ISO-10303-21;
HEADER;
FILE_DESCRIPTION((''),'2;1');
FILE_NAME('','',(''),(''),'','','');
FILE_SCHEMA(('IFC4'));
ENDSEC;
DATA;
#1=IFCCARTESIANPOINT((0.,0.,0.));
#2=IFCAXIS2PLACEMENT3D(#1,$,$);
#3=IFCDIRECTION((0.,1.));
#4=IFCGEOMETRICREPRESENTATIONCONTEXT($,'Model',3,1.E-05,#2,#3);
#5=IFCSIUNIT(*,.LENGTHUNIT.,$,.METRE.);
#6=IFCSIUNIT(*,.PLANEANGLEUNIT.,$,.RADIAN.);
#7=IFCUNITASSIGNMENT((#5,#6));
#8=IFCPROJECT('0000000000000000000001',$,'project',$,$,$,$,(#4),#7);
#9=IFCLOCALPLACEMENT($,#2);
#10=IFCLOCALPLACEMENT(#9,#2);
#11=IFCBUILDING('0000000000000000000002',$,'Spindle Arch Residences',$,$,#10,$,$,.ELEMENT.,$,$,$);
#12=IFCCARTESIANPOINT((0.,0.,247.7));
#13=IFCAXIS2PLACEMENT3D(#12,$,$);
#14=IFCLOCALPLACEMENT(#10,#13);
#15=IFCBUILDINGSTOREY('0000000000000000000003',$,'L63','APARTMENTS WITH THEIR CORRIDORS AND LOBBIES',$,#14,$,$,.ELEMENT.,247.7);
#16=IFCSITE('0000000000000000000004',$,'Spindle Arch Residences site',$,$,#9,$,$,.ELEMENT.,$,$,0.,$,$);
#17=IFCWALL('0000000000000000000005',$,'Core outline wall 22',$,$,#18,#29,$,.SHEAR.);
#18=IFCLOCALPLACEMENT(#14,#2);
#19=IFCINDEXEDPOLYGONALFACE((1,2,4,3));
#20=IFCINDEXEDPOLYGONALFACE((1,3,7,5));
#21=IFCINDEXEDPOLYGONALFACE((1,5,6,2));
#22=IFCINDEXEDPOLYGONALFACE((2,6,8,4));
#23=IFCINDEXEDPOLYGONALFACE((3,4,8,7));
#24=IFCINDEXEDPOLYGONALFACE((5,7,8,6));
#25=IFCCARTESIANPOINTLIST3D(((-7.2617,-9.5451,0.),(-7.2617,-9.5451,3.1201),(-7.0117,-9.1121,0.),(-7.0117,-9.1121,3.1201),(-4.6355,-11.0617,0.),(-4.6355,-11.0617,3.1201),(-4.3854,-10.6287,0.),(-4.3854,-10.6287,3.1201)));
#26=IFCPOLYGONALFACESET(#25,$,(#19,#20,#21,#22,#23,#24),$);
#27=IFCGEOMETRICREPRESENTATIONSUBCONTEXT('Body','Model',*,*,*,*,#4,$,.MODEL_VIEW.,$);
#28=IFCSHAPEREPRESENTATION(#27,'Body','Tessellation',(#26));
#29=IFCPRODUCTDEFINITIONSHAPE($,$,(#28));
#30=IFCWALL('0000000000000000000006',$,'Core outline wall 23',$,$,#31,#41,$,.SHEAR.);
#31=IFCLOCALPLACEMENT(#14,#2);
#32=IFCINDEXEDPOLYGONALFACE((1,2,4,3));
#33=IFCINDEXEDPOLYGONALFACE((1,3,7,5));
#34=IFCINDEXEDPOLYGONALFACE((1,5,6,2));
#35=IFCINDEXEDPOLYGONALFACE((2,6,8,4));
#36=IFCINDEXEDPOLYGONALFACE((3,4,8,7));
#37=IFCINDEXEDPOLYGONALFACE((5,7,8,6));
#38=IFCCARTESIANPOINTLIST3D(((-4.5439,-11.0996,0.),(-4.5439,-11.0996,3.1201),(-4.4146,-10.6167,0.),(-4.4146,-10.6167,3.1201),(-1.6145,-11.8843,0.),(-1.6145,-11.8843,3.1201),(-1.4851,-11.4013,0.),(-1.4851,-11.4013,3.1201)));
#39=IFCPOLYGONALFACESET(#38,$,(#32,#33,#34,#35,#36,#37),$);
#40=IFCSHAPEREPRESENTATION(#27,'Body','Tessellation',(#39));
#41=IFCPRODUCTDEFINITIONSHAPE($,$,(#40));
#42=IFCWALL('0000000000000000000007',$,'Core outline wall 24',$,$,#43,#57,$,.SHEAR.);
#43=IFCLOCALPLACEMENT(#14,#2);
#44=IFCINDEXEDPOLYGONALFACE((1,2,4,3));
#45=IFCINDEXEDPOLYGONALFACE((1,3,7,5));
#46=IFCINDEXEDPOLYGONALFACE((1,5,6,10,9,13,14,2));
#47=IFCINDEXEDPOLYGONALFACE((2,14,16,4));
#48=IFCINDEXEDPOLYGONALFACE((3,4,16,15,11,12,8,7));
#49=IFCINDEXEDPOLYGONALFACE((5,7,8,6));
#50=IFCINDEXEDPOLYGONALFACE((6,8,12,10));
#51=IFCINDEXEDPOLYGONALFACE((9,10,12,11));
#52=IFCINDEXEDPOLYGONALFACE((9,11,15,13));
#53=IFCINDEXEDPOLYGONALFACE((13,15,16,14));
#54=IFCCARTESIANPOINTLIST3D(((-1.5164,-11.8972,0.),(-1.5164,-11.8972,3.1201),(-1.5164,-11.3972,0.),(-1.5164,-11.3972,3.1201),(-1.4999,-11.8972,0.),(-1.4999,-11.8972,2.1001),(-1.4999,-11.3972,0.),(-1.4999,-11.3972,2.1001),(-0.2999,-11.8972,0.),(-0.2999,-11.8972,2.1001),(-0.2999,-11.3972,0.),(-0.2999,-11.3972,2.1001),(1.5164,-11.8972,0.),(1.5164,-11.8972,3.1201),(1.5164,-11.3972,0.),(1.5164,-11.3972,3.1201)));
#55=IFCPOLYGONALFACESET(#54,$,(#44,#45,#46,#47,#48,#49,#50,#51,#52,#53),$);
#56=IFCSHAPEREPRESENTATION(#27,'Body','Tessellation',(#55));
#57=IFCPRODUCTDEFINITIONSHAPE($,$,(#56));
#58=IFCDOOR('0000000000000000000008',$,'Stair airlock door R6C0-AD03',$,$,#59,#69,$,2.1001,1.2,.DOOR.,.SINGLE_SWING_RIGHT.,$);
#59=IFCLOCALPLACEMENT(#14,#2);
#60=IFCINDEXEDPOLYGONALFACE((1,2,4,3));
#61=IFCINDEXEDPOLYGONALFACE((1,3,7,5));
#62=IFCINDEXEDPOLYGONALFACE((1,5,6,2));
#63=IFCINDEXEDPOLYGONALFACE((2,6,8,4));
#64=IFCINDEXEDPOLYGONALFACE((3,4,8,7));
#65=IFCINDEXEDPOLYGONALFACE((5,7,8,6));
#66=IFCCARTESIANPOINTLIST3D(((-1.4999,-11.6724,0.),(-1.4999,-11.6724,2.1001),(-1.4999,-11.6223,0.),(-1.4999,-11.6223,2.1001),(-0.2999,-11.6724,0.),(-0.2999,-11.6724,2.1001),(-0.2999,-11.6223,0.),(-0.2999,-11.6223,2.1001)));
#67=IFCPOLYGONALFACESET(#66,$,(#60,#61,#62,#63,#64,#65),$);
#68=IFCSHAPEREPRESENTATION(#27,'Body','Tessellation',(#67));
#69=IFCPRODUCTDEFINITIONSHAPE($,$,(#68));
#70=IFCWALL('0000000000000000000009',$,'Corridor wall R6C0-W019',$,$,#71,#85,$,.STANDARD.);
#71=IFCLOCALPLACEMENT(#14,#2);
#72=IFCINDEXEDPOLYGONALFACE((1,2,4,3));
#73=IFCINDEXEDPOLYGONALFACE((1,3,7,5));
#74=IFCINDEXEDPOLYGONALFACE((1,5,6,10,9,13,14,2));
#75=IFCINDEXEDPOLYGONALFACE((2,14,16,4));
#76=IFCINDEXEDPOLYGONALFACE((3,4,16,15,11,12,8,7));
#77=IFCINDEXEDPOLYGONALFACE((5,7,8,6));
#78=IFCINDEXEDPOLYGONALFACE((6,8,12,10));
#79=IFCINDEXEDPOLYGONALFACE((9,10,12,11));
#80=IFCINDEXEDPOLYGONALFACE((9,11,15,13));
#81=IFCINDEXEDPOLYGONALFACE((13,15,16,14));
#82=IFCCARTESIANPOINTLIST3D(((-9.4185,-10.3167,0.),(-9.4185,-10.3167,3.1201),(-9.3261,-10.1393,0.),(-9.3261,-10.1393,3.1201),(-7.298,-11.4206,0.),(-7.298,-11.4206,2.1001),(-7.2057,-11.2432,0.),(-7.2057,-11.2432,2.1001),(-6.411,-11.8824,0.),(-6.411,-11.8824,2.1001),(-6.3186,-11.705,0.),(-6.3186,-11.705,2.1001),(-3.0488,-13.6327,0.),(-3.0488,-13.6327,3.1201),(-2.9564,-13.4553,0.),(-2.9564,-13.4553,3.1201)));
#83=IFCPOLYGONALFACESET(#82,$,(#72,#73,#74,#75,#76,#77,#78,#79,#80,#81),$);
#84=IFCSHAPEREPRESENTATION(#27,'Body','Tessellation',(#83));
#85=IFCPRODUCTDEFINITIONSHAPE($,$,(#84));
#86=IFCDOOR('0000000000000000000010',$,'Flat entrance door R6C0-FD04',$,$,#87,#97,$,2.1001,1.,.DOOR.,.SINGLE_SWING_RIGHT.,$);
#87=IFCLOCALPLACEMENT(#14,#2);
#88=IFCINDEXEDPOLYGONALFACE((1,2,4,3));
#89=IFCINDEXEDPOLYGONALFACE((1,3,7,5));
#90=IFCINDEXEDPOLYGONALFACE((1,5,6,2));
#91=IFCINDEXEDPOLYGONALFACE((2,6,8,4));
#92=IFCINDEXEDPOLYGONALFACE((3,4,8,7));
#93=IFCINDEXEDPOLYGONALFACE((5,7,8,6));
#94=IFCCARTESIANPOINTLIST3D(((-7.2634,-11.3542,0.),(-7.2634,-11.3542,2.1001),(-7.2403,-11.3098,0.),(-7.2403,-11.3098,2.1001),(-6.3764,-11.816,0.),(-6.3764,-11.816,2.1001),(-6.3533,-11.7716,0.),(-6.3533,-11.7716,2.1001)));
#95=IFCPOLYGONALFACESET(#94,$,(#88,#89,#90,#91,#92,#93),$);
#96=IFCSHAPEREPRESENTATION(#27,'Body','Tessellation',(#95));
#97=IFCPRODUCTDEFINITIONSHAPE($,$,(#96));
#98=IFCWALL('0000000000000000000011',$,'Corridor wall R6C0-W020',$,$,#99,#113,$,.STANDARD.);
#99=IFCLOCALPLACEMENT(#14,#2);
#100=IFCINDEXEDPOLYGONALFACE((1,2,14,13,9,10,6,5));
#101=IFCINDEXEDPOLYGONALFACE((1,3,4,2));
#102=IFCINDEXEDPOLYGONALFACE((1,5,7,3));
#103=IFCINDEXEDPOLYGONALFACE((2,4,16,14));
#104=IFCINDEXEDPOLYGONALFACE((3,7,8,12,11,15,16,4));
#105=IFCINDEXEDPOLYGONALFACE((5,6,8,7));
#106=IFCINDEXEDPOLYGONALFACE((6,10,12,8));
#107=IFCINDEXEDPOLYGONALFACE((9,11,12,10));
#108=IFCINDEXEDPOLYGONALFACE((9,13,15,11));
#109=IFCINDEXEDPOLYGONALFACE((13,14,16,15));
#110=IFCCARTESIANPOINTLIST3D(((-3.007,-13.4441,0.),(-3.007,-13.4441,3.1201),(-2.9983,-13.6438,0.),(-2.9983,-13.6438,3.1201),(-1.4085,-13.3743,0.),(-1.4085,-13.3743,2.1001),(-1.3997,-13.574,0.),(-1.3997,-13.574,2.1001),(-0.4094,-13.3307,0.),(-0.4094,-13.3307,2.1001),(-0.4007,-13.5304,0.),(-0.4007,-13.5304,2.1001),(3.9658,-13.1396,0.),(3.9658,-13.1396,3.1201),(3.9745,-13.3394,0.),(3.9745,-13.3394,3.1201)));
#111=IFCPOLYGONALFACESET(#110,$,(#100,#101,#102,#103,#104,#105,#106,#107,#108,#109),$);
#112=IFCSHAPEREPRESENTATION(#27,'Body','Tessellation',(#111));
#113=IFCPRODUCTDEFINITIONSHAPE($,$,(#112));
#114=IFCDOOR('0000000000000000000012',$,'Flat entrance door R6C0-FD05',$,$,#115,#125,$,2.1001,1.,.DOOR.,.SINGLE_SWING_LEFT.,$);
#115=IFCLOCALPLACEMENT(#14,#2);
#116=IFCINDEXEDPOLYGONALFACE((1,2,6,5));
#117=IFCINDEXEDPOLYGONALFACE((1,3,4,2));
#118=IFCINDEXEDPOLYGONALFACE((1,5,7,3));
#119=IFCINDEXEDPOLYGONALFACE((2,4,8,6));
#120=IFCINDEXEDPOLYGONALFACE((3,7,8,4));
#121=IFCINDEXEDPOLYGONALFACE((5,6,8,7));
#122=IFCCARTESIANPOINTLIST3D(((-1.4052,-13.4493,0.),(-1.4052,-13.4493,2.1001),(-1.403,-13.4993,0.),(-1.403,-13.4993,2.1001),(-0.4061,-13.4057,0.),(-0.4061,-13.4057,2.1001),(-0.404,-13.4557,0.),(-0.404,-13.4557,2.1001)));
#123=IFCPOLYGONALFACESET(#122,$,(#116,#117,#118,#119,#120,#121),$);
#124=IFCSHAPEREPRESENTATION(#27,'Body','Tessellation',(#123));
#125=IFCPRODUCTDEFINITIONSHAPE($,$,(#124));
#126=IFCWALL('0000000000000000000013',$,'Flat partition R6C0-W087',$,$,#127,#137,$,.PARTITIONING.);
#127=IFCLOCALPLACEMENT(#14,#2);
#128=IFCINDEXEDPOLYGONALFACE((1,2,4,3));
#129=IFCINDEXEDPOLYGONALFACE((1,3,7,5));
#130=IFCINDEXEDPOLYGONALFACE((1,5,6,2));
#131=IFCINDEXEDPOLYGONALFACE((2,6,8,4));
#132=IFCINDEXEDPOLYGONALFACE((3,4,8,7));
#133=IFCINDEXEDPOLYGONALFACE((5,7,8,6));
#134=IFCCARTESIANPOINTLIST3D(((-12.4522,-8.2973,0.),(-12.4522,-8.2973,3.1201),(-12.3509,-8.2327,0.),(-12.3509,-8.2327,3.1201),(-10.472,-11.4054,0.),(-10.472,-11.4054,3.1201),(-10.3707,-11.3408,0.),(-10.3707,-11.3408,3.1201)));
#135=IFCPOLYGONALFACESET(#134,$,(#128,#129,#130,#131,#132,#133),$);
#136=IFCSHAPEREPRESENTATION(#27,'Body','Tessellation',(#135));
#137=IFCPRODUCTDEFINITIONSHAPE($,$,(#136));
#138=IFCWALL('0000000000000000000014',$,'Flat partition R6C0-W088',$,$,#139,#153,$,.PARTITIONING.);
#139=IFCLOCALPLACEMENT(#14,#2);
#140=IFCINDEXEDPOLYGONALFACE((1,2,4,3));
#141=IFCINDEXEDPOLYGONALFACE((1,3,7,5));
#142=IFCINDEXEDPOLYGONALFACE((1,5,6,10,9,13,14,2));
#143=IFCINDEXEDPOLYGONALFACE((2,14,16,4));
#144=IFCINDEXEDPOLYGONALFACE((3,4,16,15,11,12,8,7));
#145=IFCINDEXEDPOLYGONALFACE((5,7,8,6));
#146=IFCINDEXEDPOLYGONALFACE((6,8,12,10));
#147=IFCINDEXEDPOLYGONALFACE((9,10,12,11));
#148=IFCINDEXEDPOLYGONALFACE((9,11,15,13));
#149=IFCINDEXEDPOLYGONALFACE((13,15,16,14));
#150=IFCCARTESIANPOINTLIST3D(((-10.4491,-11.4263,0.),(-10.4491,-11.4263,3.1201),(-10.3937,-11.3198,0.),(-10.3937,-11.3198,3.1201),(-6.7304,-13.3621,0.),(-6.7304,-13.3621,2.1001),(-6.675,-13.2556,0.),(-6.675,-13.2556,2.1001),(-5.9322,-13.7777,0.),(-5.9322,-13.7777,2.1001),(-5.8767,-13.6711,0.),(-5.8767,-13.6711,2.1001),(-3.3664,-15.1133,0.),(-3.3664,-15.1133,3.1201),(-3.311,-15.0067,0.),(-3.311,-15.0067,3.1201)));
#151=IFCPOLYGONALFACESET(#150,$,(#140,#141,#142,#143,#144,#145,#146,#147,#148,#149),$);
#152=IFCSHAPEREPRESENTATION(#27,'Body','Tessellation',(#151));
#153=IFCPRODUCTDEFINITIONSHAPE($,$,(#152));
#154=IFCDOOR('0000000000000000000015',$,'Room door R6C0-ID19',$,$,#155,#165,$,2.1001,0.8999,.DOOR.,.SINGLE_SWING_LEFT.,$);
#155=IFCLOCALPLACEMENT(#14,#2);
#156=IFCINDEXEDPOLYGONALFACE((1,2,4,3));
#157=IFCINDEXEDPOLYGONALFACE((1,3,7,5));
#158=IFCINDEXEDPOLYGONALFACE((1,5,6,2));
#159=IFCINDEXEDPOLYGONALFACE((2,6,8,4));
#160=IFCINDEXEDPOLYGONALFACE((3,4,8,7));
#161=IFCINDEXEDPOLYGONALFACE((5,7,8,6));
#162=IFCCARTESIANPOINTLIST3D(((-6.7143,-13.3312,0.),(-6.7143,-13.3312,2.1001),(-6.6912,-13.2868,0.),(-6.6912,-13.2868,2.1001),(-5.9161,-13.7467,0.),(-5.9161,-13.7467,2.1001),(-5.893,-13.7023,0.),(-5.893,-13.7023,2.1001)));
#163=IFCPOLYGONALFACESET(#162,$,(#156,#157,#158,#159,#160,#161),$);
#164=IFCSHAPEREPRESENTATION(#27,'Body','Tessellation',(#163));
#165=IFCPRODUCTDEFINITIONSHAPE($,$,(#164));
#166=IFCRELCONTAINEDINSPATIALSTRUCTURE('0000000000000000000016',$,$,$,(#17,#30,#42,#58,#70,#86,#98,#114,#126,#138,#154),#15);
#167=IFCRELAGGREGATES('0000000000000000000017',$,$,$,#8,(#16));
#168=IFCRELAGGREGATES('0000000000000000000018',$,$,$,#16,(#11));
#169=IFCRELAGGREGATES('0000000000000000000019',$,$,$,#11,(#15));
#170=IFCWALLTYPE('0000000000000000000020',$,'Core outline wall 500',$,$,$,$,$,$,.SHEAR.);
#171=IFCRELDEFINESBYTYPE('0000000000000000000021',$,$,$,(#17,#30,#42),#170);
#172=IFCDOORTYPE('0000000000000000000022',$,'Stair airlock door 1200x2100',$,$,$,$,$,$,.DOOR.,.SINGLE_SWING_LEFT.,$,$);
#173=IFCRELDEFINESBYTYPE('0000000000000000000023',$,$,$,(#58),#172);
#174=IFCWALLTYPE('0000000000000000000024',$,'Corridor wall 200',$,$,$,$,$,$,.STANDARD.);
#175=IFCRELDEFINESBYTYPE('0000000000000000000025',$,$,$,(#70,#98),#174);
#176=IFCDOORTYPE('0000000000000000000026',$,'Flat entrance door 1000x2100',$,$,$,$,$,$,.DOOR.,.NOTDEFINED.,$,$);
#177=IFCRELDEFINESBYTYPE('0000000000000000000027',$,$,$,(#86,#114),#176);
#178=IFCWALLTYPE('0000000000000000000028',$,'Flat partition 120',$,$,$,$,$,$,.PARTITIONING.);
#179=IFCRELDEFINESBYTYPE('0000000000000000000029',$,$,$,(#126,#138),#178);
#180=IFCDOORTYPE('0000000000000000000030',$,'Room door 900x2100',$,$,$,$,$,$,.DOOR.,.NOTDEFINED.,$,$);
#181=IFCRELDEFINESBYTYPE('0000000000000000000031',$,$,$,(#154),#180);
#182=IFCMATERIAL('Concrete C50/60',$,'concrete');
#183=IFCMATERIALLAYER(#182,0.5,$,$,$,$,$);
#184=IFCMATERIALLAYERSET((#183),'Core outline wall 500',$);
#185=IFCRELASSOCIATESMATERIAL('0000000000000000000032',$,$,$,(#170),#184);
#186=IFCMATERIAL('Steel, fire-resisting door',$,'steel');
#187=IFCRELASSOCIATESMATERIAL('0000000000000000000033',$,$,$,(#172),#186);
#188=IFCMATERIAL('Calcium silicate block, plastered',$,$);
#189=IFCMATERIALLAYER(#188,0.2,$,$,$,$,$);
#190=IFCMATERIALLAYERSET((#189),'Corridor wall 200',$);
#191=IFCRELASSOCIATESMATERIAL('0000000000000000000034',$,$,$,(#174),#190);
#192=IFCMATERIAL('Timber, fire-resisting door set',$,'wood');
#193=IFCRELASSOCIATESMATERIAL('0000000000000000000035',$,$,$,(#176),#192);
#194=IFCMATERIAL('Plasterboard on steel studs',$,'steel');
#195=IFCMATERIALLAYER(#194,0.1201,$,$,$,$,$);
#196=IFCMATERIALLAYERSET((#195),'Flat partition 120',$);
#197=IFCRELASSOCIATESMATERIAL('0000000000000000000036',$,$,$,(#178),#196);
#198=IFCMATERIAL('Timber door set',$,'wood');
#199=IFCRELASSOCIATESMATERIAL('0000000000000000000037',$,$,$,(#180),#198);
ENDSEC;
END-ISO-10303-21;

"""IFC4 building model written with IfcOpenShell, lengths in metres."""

from ifc_helpers import new_model, si_unit, direction, frame, frame_2d, origin, place, context, subcontext, project, spatial, rectangle, extrude, material, layer, layer_set, type_object, element, fill, save


model = new_model("IFC4")

# Units and contexts
model_context = context("Model", 3, precision=1e-05, world=origin(), true_north=direction((0.0, 1.0)))
body_context = subcontext(model_context, "Body", "Model", "MODEL_VIEW")
ifc_project = project(units=[si_unit("LENGTHUNIT", "METRE"), si_unit("PLANEANGLEUNIT", "RADIAN")], contexts=[model_context])

# Site, building, storey
site_placement = place(None, origin())
site = spatial("IfcSite", under=ifc_project, at=site_placement, Name="Spindle Arch Residences site", CompositionType="ELEMENT", RefElevation=0.0)
building_placement = place(site_placement, origin())
building = spatial("IfcBuilding", under=site, at=building_placement, Name="Spindle Arch Residences", CompositionType="ELEMENT")
storey_placement = place(building_placement, frame((0.0, 0.0, 247.7)))
storey = spatial("IfcBuildingStorey", under=building, at=storey_placement, Name="L63", Description="APARTMENTS WITH THEIR CORRIDORS AND LOBBIES", CompositionType="ELEMENT", Elevation=247.7)

# Walls
ifc_material_1 = material(Name="Concrete C50/60", Category="concrete")
ifc_layer_1 = layer(ifc_material_1, 0.5)
ifc_layer_set_1 = layer_set([ifc_layer_1], Name="Core outline wall 500")
wall_type_1 = type_object("IfcWallType", Name="Core outline wall 500", PredefinedType="SHEAR", material=ifc_layer_set_1)
for number, where, z_axis, x_axis, name in (
    (1, (-7.1367, -9.3286, 0.0), (0.0, 0.0, 1.0), (0.865975, -0.500087, 0.0), "Core outline wall 22"),
    (2, (-4.4792, -10.8582, 0.0), (0.0, 0.0, 1.0), (0.965948, -0.258735, 0.0), "Core outline wall 23"),
):
    element("IfcWall", number, at=place(storey_placement, frame(where, z_axis=z_axis, x_axis=x_axis)), inside=storey, type_object=wall_type_1, Name=name, PredefinedType="SHEAR", context=body_context, shape_type="SweptSolid", body=[
        extrude(rectangle(XDim=3.0327, YDim=0.5, at=frame_2d((1.5164, 0.0))), origin(), (0.0, 0.0, 1.0), 3.1201),
    ])

# Walls, openings, doors
wall_1_placement = place(storey_placement, frame((-1.5164, -11.6472, 0.0), z_axis=(0.0, 0.0, 1.0), x_axis=(1.0, 0.0, 0.0)))
wall_1 = element("IfcWall", 3, at=wall_1_placement, inside=storey, type_object=wall_type_1, Name="Core outline wall 24", PredefinedType="SHEAR", context=body_context, shape_type="SweptSolid", body=[
    extrude(rectangle(XDim=3.0327, YDim=0.5, at=frame_2d((1.5164, 0.0))), origin(), (0.0, 0.0, 1.0), 3.1201),
])
opening_1_placement = place(wall_1_placement, frame((0.0164, 0.0, 0.0)))
opening_1 = element("IfcOpeningElement", 4, at=opening_1_placement, cuts=wall_1, PredefinedType="OPENING", context=body_context, shape_type="SweptSolid", body=[
    extrude(rectangle(XDim=1.2, YDim=2.1001, at=frame_2d((0.6001, 1.05))), frame((0.0, 0.26, 0.0), z_axis=(0.0, -1.0, 0.0), x_axis=(1.0, 0.0, 0.0)), (0.0, 0.0, 1.0), 0.52),
])
ifc_material_2 = material(Name="Steel, fire-resisting door", Category="steel")
door_type_1 = type_object("IfcDoorType", Name="Stair airlock door 1200x2100", OperationType="SINGLE_SWING_LEFT", PredefinedType="DOOR", material=ifc_material_2)
door_1_placement = place(opening_1_placement, origin())
door_1 = element("IfcDoor", 5, at=door_1_placement, inside=storey, type_object=door_type_1, Name="Stair airlock door R6C0-AD03", OperationType="SINGLE_SWING_RIGHT", OverallHeight=2.1001, OverallWidth=1.2, PredefinedType="DOOR", context=body_context, shape_type="SweptSolid", body=[
    extrude(rectangle(XDim=1.2, YDim=2.1001, at=frame_2d((0.6001, 1.05))), frame((0.0, 0.0249, 0.0), z_axis=(0.0, -1.0, 0.0), x_axis=(1.0, 0.0, 0.0)), (0.0, 0.0, 1.0), 0.05),
])
fill(opening_1, door_1)
ifc_material_3 = material(Name="Calcium silicate block, plastered")
ifc_layer_2 = layer(ifc_material_3, 0.2)
ifc_layer_set_2 = layer_set([ifc_layer_2], Name="Corridor wall 200")
wall_type_2 = type_object("IfcWallType", Name="Corridor wall 200", PredefinedType="STANDARD", material=ifc_layer_set_2)
wall_2_placement = place(storey_placement, frame((-9.3723, -10.228, 0.0), z_axis=(0.0, 0.0, 1.0), x_axis=(0.887005, -0.461759, 0.0)))
wall_2 = element("IfcWall", 6, at=wall_2_placement, inside=storey, type_object=wall_type_2, Name="Corridor wall R6C0-W019", PredefinedType="STANDARD", context=body_context, shape_type="SweptSolid", body=[
    extrude(rectangle(XDim=7.1812, YDim=0.2, at=frame_2d((3.5906, 0.0))), origin(), (0.0, 0.0, 1.0), 3.1201),
])
opening_2_placement = place(wall_2_placement, frame((2.3906, 0.0, 0.0)))
opening_2 = element("IfcOpeningElement", 7, at=opening_2_placement, cuts=wall_2, PredefinedType="OPENING", context=body_context, shape_type="SweptSolid", body=[
    extrude(rectangle(XDim=1.0, YDim=2.1001, at=frame_2d((0.5, 1.05))), frame((0.0, 0.1099, 0.0), z_axis=(0.0, -1.0, 0.0), x_axis=(1.0, 0.0, 0.0)), (0.0, 0.0, 1.0), 0.22),
])
ifc_material_4 = material(Name="Timber, fire-resisting door set", Category="wood")
door_type_2 = type_object("IfcDoorType", Name="Flat entrance door 1000x2100", OperationType="NOTDEFINED", PredefinedType="DOOR", material=ifc_material_4)
door_2_placement = place(opening_2_placement, origin())
door_2 = element("IfcDoor", 8, at=door_2_placement, inside=storey, type_object=door_type_2, Name="Flat entrance door R6C0-FD04", OperationType="SINGLE_SWING_RIGHT", OverallHeight=2.1001, OverallWidth=1.0, PredefinedType="DOOR", context=body_context, shape_type="SweptSolid", body=[
    extrude(rectangle(XDim=1.0, YDim=2.1001, at=frame_2d((0.5, 1.05))), frame((0.0, 0.0249, 0.0), z_axis=(0.0, -1.0, 0.0), x_axis=(1.0, 0.0, 0.0)), (0.0, 0.0, 1.0), 0.05),
])
fill(opening_2, door_2)
wall_3_placement = place(storey_placement, frame((-3.0027, -13.5439, 0.0), z_axis=(0.0, 0.0, 1.0), x_axis=(0.999048, 0.043619, 0.0)))
wall_3 = element("IfcWall", 9, at=wall_3_placement, inside=storey, type_object=wall_type_2, Name="Corridor wall R6C0-W020", PredefinedType="STANDARD", context=body_context, shape_type="SweptSolid", body=[
    extrude(rectangle(XDim=6.9795, YDim=0.2, at=frame_2d((3.4897, 0.0))), origin(), (0.0, 0.0, 1.0), 3.1201),
])
opening_3_placement = place(wall_3_placement, frame((1.6001, 0.0, 0.0)))
opening_3 = element("IfcOpeningElement", 10, at=opening_3_placement, cuts=wall_3, PredefinedType="OPENING", context=body_context, shape_type="SweptSolid", body=[
    extrude(rectangle(XDim=1.0, YDim=2.1001, at=frame_2d((0.5, 1.05))), frame((0.0, 0.1099, 0.0), z_axis=(0.0, -1.0, 0.0), x_axis=(1.0, 0.0, 0.0)), (0.0, 0.0, 1.0), 0.22),
])
door_3_placement = place(opening_3_placement, origin())
door_3 = element("IfcDoor", 11, at=door_3_placement, inside=storey, type_object=door_type_2, Name="Flat entrance door R6C0-FD05", OperationType="SINGLE_SWING_LEFT", OverallHeight=2.1001, OverallWidth=1.0, PredefinedType="DOOR", context=body_context, shape_type="SweptSolid", body=[
    extrude(rectangle(XDim=1.0, YDim=2.1001, at=frame_2d((0.5, 1.05))), frame((0.0, 0.0249, 0.0), z_axis=(0.0, -1.0, 0.0), x_axis=(1.0, 0.0, 0.0)), (0.0, 0.0, 1.0), 0.05),
])
fill(opening_3, door_3)

# Wall
ifc_material_5 = material(Name="Plasterboard on steel studs", Category="steel")
ifc_layer_3 = layer(ifc_material_5, 0.1201)
ifc_layer_set_3 = layer_set([ifc_layer_3], Name="Flat partition 120")
wall_type_3 = type_object("IfcWallType", Name="Flat partition 120", PredefinedType="PARTITIONING", material=ifc_layer_set_3)
wall_4_placement = place(storey_placement, frame((-12.4016, -8.2649, 0.0), z_axis=(0.0, 0.0, 1.0), x_axis=(0.537321, -0.843378, 0.0)))
element("IfcWall", 12, at=wall_4_placement, inside=storey, type_object=wall_type_3, Name="Flat partition R6C0-W087", PredefinedType="PARTITIONING", context=body_context, shape_type="SweptSolid", body=[
    extrude(rectangle(XDim=3.6853, YDim=0.1201, at=frame_2d((1.8428, 0.0))), origin(), (0.0, 0.0, 1.0), 3.1201),
])

# Wall, opening, door
wall_5_placement = place(storey_placement, frame((-10.4214, -11.373, 0.0), z_axis=(0.0, 0.0, 1.0), x_axis=(0.887013, -0.461745, 0.0)))
wall_5 = element("IfcWall", 13, at=wall_5_placement, inside=storey, type_object=wall_type_3, Name="Flat partition R6C0-W088", PredefinedType="PARTITIONING", context=body_context, shape_type="SweptSolid", body=[
    extrude(rectangle(XDim=7.9849, YDim=0.1201, at=frame_2d((3.9924, 0.0))), origin(), (0.0, 0.0, 1.0), 3.1201),
])
opening_4_placement = place(wall_5_placement, frame((4.1924, 0.0, 0.0)))
opening_4 = element("IfcOpeningElement", 14, at=opening_4_placement, cuts=wall_5, PredefinedType="OPENING", context=body_context, shape_type="SweptSolid", body=[
    extrude(rectangle(XDim=0.8999, YDim=2.1001, at=frame_2d((0.45, 1.05))), frame((0.0, 0.0701, 0.0), z_axis=(0.0, -1.0, 0.0), x_axis=(1.0, 0.0, 0.0)), (0.0, 0.0, 1.0), 0.1401),
])
ifc_material_6 = material(Name="Timber door set", Category="wood")
door_type_3 = type_object("IfcDoorType", Name="Room door 900x2100", OperationType="NOTDEFINED", PredefinedType="DOOR", material=ifc_material_6)
door_4_placement = place(opening_4_placement, origin())
door_4 = element("IfcDoor", 15, at=door_4_placement, inside=storey, type_object=door_type_3, Name="Room door R6C0-ID19", OperationType="SINGLE_SWING_LEFT", OverallHeight=2.1001, OverallWidth=0.8999, PredefinedType="DOOR", context=body_context, shape_type="SweptSolid", body=[
    extrude(rectangle(XDim=0.8999, YDim=2.1001, at=frame_2d((0.45, 1.05))), frame((0.0, 0.0249, 0.0), z_axis=(0.0, -1.0, 0.0), x_axis=(1.0, 0.0, 0.0)), (0.0, 0.0, 1.0), 0.05),
])
fill(opening_4, door_4)

save(model, "model.ifc")
